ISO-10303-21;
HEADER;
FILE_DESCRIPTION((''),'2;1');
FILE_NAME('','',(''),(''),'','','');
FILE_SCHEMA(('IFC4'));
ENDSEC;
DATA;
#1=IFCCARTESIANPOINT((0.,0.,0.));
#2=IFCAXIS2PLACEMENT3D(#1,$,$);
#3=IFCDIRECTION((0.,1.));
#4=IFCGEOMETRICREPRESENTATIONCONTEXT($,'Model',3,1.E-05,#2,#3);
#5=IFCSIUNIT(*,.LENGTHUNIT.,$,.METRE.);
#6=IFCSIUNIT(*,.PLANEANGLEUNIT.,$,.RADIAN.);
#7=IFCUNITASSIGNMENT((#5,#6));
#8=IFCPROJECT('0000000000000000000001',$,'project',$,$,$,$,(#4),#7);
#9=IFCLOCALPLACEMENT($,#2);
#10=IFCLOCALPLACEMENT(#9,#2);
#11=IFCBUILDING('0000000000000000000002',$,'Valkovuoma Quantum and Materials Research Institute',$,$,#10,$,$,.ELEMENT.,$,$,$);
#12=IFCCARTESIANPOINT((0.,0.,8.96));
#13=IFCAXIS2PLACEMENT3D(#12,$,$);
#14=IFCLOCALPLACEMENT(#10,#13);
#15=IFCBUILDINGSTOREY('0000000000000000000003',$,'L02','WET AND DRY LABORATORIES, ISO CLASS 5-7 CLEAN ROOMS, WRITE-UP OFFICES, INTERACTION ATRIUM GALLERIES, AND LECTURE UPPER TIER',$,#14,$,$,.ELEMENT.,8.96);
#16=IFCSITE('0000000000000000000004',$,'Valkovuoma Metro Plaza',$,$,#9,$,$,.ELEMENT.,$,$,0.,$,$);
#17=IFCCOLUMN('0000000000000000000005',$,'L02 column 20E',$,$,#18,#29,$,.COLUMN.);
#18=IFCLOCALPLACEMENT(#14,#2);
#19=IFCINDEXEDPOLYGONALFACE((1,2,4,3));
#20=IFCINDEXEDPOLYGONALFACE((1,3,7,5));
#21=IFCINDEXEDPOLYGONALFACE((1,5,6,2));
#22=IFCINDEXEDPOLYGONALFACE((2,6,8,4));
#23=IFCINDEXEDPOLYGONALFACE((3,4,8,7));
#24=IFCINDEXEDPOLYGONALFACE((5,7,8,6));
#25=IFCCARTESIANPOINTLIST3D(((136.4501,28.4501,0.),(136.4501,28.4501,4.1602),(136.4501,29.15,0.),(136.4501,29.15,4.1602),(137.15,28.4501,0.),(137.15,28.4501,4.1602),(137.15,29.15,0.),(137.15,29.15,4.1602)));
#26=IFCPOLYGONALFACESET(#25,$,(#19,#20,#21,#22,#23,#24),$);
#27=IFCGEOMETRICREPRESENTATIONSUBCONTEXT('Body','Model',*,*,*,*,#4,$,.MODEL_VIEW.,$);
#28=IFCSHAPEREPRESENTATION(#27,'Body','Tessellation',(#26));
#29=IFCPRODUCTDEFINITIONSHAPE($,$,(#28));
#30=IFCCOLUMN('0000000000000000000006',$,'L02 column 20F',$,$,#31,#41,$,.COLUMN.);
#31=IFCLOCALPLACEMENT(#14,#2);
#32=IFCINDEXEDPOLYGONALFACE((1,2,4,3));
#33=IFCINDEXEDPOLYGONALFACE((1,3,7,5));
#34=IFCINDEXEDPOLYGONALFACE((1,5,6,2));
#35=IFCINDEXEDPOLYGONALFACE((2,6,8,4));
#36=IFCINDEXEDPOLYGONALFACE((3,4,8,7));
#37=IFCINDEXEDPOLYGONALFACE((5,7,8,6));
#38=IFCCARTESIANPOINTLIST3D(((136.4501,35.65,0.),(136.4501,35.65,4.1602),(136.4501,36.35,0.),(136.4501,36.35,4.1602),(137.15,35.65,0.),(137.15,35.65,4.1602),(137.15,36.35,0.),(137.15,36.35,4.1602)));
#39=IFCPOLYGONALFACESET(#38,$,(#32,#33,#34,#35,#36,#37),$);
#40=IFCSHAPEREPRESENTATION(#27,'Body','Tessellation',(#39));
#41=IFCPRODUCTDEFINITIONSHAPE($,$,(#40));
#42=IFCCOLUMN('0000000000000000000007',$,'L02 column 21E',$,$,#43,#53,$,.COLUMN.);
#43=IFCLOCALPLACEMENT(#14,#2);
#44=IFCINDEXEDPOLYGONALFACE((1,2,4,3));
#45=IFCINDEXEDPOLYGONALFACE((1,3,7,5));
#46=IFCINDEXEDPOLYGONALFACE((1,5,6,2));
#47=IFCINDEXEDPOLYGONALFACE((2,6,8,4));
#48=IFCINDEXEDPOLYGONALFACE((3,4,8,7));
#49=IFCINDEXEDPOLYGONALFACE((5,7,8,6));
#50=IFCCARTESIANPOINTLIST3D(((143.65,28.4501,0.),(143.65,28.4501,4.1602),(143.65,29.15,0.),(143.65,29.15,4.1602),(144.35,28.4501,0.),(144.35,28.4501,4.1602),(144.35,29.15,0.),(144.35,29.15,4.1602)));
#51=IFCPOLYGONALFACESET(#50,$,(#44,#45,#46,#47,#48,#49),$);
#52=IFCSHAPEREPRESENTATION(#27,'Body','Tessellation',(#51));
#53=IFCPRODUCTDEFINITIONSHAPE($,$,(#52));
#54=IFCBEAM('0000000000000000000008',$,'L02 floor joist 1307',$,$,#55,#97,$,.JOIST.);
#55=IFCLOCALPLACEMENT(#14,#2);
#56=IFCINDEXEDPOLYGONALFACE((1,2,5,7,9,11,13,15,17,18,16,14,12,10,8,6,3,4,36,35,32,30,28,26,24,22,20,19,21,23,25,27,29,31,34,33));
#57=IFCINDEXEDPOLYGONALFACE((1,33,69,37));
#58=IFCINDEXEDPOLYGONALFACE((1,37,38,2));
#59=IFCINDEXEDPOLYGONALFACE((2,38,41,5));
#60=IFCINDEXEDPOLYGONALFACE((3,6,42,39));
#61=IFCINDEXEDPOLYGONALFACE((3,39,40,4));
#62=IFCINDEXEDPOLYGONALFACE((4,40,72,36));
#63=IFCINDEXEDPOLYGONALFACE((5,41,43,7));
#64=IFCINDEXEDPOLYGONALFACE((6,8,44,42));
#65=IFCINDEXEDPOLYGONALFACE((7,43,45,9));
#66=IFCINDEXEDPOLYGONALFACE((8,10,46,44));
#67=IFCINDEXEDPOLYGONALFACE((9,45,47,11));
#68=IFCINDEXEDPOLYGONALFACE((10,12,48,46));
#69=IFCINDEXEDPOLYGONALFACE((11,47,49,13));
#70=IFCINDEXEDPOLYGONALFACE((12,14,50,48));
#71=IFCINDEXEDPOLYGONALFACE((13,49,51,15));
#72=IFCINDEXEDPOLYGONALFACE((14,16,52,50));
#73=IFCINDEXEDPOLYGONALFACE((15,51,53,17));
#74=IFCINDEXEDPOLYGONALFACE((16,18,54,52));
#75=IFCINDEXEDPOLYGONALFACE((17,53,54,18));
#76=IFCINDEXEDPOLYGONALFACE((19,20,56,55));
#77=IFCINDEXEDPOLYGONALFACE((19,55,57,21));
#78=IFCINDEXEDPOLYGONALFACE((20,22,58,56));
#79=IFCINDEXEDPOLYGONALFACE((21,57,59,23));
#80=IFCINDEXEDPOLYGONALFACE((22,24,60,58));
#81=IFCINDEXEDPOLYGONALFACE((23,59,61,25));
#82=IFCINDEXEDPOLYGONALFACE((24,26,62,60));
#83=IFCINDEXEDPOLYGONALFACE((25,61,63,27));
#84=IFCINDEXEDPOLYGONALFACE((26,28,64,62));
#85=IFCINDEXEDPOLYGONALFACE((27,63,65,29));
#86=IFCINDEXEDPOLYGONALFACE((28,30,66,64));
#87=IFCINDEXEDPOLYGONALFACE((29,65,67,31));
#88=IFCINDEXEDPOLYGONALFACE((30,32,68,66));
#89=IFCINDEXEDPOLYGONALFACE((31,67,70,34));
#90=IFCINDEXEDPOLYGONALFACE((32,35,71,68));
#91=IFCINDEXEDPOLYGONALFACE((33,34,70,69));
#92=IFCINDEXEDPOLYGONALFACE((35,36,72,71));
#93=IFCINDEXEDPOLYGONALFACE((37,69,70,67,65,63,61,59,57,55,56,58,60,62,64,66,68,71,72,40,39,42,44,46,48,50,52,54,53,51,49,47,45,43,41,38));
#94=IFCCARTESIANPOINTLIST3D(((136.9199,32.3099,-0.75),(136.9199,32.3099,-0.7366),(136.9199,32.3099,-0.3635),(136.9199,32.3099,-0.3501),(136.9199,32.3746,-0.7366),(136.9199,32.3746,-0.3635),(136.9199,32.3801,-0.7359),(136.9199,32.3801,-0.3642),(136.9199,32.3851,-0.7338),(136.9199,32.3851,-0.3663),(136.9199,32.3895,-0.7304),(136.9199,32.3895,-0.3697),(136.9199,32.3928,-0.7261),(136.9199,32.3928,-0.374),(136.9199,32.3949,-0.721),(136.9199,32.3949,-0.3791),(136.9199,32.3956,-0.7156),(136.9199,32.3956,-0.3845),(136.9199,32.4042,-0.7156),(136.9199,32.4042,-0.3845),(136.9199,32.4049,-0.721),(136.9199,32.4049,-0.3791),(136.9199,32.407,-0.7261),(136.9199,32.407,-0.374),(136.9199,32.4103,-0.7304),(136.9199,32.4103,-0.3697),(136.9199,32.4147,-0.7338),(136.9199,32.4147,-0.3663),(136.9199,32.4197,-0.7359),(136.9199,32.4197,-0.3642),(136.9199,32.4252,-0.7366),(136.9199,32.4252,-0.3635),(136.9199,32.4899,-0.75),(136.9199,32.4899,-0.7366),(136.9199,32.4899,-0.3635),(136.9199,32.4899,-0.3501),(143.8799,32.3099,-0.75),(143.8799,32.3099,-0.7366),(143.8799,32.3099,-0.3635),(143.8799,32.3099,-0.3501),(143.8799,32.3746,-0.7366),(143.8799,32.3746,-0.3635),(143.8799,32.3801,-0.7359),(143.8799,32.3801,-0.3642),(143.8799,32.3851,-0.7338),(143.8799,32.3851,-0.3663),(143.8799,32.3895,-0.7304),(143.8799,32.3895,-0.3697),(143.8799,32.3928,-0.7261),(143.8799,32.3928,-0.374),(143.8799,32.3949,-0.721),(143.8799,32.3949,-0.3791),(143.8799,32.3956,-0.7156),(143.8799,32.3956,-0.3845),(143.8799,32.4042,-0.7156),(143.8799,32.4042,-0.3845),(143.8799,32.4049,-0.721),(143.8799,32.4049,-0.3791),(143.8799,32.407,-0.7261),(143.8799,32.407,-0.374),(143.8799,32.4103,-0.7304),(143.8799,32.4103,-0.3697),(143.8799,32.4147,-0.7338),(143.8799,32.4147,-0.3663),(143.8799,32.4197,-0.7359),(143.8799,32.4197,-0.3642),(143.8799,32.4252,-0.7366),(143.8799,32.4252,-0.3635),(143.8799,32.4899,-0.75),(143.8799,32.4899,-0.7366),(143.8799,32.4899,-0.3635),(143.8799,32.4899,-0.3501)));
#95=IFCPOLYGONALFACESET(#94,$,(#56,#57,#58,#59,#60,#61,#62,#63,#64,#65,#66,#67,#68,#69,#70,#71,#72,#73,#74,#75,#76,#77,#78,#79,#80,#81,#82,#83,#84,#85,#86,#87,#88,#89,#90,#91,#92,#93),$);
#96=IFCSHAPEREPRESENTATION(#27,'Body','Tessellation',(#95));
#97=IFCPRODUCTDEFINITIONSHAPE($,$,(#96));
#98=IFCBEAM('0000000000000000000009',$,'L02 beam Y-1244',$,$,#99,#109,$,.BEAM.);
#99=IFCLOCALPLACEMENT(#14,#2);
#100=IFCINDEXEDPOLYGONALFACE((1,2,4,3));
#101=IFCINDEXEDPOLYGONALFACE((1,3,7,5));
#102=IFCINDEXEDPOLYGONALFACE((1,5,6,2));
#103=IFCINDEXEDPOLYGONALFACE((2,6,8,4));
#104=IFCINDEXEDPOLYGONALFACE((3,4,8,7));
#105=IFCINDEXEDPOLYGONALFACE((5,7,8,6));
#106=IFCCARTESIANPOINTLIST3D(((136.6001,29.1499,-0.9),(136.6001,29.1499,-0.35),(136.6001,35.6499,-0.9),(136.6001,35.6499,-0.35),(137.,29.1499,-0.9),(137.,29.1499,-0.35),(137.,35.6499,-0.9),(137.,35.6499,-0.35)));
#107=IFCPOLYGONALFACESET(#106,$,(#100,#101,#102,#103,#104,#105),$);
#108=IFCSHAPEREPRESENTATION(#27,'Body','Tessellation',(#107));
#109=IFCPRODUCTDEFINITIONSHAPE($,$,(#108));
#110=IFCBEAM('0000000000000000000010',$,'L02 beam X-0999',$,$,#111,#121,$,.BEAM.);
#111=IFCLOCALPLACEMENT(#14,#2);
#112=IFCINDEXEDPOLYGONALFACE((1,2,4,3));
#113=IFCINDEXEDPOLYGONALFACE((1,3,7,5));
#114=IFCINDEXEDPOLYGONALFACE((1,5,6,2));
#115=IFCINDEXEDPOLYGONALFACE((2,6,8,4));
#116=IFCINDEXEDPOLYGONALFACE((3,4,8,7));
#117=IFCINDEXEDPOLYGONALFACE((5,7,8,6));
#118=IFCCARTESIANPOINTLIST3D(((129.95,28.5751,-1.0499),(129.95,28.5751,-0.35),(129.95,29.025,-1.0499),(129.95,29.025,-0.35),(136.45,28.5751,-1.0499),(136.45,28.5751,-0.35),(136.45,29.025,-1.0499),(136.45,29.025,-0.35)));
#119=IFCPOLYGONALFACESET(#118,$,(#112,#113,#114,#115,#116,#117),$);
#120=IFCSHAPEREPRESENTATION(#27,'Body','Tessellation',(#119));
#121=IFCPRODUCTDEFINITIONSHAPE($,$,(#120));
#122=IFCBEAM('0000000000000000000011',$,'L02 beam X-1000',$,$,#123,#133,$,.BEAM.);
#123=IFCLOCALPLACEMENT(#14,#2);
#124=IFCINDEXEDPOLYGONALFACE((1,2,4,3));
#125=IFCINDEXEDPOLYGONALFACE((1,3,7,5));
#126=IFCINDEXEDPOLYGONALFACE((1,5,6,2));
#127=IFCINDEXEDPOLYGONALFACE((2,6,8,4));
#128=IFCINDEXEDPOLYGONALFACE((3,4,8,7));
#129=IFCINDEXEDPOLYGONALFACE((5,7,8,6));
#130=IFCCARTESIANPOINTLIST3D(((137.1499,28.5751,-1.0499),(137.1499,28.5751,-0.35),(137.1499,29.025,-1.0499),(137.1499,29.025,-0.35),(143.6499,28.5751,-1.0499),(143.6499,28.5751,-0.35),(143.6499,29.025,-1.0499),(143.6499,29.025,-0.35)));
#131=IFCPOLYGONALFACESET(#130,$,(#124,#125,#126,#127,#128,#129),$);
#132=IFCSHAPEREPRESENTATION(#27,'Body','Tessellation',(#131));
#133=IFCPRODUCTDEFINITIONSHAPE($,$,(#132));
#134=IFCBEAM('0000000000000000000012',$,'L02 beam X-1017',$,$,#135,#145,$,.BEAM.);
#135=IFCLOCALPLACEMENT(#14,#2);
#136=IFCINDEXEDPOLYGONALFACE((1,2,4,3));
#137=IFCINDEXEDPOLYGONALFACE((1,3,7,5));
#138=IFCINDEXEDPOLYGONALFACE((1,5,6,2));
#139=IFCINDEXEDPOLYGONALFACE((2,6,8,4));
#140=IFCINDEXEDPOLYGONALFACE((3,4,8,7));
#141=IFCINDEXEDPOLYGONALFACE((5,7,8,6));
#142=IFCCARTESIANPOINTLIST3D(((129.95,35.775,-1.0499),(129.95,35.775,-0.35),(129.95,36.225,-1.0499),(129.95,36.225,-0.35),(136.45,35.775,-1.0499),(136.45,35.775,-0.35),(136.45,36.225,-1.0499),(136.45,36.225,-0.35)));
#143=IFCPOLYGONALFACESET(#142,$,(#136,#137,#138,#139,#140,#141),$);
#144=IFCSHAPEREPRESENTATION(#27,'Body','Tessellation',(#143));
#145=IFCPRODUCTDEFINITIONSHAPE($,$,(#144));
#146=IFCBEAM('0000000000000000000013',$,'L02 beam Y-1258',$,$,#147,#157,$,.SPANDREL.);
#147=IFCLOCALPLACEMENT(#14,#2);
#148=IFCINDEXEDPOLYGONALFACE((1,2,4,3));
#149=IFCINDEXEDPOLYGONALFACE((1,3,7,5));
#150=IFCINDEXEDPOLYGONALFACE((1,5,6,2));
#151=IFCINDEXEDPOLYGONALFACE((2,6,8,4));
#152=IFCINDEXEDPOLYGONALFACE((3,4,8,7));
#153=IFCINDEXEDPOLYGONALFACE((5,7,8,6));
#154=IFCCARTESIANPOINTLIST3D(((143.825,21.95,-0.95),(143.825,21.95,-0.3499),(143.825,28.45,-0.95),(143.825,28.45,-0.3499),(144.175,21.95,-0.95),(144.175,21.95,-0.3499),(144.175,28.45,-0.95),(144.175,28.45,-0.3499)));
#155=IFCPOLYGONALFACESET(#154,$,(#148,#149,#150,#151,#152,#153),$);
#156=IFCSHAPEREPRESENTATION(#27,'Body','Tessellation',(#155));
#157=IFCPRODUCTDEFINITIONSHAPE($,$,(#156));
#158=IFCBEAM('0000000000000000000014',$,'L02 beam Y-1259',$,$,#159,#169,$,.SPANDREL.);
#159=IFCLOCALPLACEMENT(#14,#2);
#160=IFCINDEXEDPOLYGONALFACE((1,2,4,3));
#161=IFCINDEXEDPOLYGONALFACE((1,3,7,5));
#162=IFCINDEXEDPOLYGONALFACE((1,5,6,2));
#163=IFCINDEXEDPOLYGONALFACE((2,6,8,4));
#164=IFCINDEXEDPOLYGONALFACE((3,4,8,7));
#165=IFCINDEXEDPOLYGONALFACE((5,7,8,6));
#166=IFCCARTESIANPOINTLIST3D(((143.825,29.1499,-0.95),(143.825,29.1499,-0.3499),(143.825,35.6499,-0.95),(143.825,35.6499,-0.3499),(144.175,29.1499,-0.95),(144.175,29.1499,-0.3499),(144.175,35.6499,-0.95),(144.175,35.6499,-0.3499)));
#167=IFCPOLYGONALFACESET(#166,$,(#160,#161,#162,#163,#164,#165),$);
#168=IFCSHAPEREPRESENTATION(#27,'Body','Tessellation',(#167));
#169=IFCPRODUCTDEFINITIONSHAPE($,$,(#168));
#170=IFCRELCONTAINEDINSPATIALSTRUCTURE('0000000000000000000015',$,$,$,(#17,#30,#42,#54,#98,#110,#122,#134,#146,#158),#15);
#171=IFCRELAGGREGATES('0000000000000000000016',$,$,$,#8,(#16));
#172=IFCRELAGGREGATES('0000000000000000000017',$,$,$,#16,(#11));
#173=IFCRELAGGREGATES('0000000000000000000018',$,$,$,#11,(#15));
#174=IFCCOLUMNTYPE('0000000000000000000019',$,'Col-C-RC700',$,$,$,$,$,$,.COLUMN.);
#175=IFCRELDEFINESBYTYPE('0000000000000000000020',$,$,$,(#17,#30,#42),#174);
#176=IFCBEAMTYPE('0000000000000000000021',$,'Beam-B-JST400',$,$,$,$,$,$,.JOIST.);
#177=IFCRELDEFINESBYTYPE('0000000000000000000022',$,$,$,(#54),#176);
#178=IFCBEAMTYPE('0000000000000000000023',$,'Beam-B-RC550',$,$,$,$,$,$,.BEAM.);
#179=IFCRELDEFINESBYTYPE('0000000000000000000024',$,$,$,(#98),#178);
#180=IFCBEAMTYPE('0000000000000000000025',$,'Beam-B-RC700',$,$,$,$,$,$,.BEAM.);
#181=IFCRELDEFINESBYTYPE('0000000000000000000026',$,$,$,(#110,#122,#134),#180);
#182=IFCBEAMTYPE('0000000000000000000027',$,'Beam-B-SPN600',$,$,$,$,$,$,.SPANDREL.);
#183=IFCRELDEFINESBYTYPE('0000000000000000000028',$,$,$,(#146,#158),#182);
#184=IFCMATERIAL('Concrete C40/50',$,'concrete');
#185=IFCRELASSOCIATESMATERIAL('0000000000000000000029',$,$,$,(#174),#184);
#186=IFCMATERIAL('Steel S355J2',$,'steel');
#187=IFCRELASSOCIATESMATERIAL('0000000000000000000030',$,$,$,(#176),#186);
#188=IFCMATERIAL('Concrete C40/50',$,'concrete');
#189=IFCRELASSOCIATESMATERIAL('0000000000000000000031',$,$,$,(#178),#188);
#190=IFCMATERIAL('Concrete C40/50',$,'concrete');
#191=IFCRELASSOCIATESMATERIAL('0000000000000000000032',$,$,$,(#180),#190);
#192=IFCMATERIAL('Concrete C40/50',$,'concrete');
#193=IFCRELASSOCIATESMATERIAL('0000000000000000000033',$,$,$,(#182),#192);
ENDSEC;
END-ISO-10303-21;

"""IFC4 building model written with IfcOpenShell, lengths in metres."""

from ifc_helpers import new_model, si_unit, direction, frame, origin, origin_2d, place, context, subcontext, project, spatial, rectangle, i_section, extrude, material, material_profile, profile_set, type_object, element, save


model = new_model("IFC4")

# Units and contexts
model_context = context("Model", 3, precision=1e-05, world=origin(), true_north=direction((0.0, 1.0)))
body_context = subcontext(model_context, "Body", "Model", "MODEL_VIEW")
ifc_project = project(units=[si_unit("LENGTHUNIT", "METRE"), si_unit("PLANEANGLEUNIT", "RADIAN")], contexts=[model_context])

# Site, building, storey
site_placement = place(None, origin())
site = spatial("IfcSite", under=ifc_project, at=site_placement, Name="Valkovuoma Metro Plaza", CompositionType="ELEMENT", RefElevation=0.0)
building_placement = place(site_placement, origin())
building = spatial("IfcBuilding", under=site, at=building_placement, Name="Valkovuoma Quantum and Materials Research Institute", CompositionType="ELEMENT")
storey_placement = place(building_placement, frame((0.0, 0.0, 8.96)))
storey = spatial("IfcBuildingStorey", under=building, at=storey_placement, Name="L02", Description="WET AND DRY LABORATORIES, ISO CLASS 5-7 CLEAN ROOMS, WRITE-UP OFFICES, INTERACTION ATRIUM GALLERIES, AND LECTURE UPPER TIER", CompositionType="ELEMENT", Elevation=8.96)

# Columns
ifc_material_1 = material(Name="Concrete C40/50", Category="concrete")
ifc_material_profile_1 = material_profile(ifc_material_1, rectangle(XDim=0.7, YDim=0.7, at=origin_2d()), Name="Concrete C40/50")
ifc_profile_set_1 = profile_set([ifc_material_profile_1], Name="Concrete C40/50")
column_type = type_object("IfcColumnType", Name="Col-C-RC700", PredefinedType="COLUMN", material=ifc_profile_set_1)
for number, where, z_axis, x_axis, name in (
    (1, (136.8, 28.8, 0.0), (0.0, 0.0, 1.0), (1.0, 0.0, 0.0), "L02 column 20E"),
    (2, (136.8, 36.0, 0.0), (0.0, 0.0, 1.0), (1.0, 0.0, 0.0), "L02 column 20F"),
    (3, (144.0, 28.8, 0.0), (0.0, 0.0, 1.0), (1.0, 0.0, 0.0), "L02 column 21E"),
):
    element("IfcColumn", number, at=place(storey_placement, frame(where, z_axis=z_axis, x_axis=x_axis)), inside=storey, type_object=column_type, Name=name, PredefinedType="COLUMN", context=body_context, shape_type="SweptSolid", body=[
        extrude(rectangle(XDim=0.7, YDim=0.7, at=origin_2d()), origin(), (0.0, 0.0, 1.0), 4.1602),
    ])

# Beams
ifc_material_2 = material(Name="Steel S355J2", Category="steel")
ifc_material_profile_2 = material_profile(ifc_material_2, i_section(OverallWidth=0.1799, OverallDepth=0.3999, WebThickness=0.0085, FlangeThickness=0.0134, FilletRadius=0.021, at=origin_2d()), Name="Steel S355J2")
ifc_profile_set_2 = profile_set([ifc_material_profile_2], Name="Steel S355J2")
beam_type_1 = type_object("IfcBeamType", Name="Beam-B-JST400", PredefinedType="JOIST", material=ifc_profile_set_2)
beam_1_placement = place(storey_placement, frame((136.9199, 32.3999, -0.55), z_axis=(1.0, 0.0, 0.0), x_axis=(0.0, 1.0, 0.0)))
element("IfcBeam", 4, at=beam_1_placement, inside=storey, type_object=beam_type_1, Name="L02 floor joist 1307", PredefinedType="JOIST", context=body_context, shape_type="SweptSolid", body=[
    extrude(i_section(OverallWidth=0.1799, OverallDepth=0.3999, WebThickness=0.0085, FlangeThickness=0.0134, FilletRadius=0.021, at=origin_2d()), origin(), (0.0, 0.0, 1.0), 6.96),
])
ifc_material_3 = material(Name="Concrete C40/50", Category="concrete")
ifc_material_profile_3 = material_profile(ifc_material_3, rectangle(XDim=0.3999, YDim=0.55, at=origin_2d()), Name="Concrete C40/50")
ifc_profile_set_3 = profile_set([ifc_material_profile_3], Name="Concrete C40/50")
beam_type_2 = type_object("IfcBeamType", Name="Beam-B-RC550", PredefinedType="BEAM", material=ifc_profile_set_3)
beam_2_placement = place(storey_placement, frame((136.8, 29.1499, -0.625), z_axis=(0.0, 1.0, 0.0), x_axis=(-1.0, 0.0, 0.0)))
element("IfcBeam", 5, at=beam_2_placement, inside=storey, type_object=beam_type_2, Name="L02 beam Y-1244", PredefinedType="BEAM", context=body_context, shape_type="SweptSolid", body=[
    extrude(rectangle(XDim=0.3999, YDim=0.55, at=origin_2d()), origin(), (0.0, 0.0, 1.0), 6.5),
])
ifc_material_4 = material(Name="Concrete C40/50", Category="concrete")
ifc_material_profile_4 = material_profile(ifc_material_4, rectangle(XDim=0.45, YDim=0.7, at=origin_2d()), Name="Concrete C40/50")
ifc_profile_set_4 = profile_set([ifc_material_profile_4], Name="Concrete C40/50")
beam_type_3 = type_object("IfcBeamType", Name="Beam-B-RC700", PredefinedType="BEAM", material=ifc_profile_set_4)
for number, where, z_axis, x_axis, name in (
    (6, (129.95, 28.8, -0.7), (1.0, 0.0, 0.0), (0.0, 1.0, 0.0), "L02 beam X-0999"),
    (7, (137.1499, 28.8, -0.7), (1.0, 0.0, 0.0), (0.0, 1.0, 0.0), "L02 beam X-1000"),
    (8, (129.95, 36.0, -0.7), (1.0, 0.0, 0.0), (0.0, 1.0, 0.0), "L02 beam X-1017"),
):
    element("IfcBeam", number, at=place(storey_placement, frame(where, z_axis=z_axis, x_axis=x_axis)), inside=storey, type_object=beam_type_3, Name=name, PredefinedType="BEAM", context=body_context, shape_type="SweptSolid", body=[
        extrude(rectangle(XDim=0.45, YDim=0.7, at=origin_2d()), origin(), (0.0, 0.0, 1.0), 6.5),
    ])
ifc_material_5 = material(Name="Concrete C40/50", Category="concrete")
ifc_material_profile_5 = material_profile(ifc_material_5, rectangle(XDim=0.3501, YDim=0.6001, at=origin_2d()), Name="Concrete C40/50")
ifc_profile_set_5 = profile_set([ifc_material_profile_5], Name="Concrete C40/50")
beam_type_4 = type_object("IfcBeamType", Name="Beam-B-SPN600", PredefinedType="SPANDREL", material=ifc_profile_set_5)
for number, where, z_axis, x_axis, name in (
    (9, (144.0, 21.95, -0.6499), (0.0, 1.0, 0.0), (-1.0, 0.0, 0.0), "L02 beam Y-1258"),
    (10, (144.0, 29.1499, -0.6499), (0.0, 1.0, 0.0), (-1.0, 0.0, 0.0), "L02 beam Y-1259"),
):
    element("IfcBeam", number, at=place(storey_placement, frame(where, z_axis=z_axis, x_axis=x_axis)), inside=storey, type_object=beam_type_4, Name=name, PredefinedType="SPANDREL", context=body_context, shape_type="SweptSolid", body=[
        extrude(rectangle(XDim=0.3501, YDim=0.6001, at=origin_2d()), origin(), (0.0, 0.0, 1.0), 6.5),
    ])

save(model, "model.ifc")
